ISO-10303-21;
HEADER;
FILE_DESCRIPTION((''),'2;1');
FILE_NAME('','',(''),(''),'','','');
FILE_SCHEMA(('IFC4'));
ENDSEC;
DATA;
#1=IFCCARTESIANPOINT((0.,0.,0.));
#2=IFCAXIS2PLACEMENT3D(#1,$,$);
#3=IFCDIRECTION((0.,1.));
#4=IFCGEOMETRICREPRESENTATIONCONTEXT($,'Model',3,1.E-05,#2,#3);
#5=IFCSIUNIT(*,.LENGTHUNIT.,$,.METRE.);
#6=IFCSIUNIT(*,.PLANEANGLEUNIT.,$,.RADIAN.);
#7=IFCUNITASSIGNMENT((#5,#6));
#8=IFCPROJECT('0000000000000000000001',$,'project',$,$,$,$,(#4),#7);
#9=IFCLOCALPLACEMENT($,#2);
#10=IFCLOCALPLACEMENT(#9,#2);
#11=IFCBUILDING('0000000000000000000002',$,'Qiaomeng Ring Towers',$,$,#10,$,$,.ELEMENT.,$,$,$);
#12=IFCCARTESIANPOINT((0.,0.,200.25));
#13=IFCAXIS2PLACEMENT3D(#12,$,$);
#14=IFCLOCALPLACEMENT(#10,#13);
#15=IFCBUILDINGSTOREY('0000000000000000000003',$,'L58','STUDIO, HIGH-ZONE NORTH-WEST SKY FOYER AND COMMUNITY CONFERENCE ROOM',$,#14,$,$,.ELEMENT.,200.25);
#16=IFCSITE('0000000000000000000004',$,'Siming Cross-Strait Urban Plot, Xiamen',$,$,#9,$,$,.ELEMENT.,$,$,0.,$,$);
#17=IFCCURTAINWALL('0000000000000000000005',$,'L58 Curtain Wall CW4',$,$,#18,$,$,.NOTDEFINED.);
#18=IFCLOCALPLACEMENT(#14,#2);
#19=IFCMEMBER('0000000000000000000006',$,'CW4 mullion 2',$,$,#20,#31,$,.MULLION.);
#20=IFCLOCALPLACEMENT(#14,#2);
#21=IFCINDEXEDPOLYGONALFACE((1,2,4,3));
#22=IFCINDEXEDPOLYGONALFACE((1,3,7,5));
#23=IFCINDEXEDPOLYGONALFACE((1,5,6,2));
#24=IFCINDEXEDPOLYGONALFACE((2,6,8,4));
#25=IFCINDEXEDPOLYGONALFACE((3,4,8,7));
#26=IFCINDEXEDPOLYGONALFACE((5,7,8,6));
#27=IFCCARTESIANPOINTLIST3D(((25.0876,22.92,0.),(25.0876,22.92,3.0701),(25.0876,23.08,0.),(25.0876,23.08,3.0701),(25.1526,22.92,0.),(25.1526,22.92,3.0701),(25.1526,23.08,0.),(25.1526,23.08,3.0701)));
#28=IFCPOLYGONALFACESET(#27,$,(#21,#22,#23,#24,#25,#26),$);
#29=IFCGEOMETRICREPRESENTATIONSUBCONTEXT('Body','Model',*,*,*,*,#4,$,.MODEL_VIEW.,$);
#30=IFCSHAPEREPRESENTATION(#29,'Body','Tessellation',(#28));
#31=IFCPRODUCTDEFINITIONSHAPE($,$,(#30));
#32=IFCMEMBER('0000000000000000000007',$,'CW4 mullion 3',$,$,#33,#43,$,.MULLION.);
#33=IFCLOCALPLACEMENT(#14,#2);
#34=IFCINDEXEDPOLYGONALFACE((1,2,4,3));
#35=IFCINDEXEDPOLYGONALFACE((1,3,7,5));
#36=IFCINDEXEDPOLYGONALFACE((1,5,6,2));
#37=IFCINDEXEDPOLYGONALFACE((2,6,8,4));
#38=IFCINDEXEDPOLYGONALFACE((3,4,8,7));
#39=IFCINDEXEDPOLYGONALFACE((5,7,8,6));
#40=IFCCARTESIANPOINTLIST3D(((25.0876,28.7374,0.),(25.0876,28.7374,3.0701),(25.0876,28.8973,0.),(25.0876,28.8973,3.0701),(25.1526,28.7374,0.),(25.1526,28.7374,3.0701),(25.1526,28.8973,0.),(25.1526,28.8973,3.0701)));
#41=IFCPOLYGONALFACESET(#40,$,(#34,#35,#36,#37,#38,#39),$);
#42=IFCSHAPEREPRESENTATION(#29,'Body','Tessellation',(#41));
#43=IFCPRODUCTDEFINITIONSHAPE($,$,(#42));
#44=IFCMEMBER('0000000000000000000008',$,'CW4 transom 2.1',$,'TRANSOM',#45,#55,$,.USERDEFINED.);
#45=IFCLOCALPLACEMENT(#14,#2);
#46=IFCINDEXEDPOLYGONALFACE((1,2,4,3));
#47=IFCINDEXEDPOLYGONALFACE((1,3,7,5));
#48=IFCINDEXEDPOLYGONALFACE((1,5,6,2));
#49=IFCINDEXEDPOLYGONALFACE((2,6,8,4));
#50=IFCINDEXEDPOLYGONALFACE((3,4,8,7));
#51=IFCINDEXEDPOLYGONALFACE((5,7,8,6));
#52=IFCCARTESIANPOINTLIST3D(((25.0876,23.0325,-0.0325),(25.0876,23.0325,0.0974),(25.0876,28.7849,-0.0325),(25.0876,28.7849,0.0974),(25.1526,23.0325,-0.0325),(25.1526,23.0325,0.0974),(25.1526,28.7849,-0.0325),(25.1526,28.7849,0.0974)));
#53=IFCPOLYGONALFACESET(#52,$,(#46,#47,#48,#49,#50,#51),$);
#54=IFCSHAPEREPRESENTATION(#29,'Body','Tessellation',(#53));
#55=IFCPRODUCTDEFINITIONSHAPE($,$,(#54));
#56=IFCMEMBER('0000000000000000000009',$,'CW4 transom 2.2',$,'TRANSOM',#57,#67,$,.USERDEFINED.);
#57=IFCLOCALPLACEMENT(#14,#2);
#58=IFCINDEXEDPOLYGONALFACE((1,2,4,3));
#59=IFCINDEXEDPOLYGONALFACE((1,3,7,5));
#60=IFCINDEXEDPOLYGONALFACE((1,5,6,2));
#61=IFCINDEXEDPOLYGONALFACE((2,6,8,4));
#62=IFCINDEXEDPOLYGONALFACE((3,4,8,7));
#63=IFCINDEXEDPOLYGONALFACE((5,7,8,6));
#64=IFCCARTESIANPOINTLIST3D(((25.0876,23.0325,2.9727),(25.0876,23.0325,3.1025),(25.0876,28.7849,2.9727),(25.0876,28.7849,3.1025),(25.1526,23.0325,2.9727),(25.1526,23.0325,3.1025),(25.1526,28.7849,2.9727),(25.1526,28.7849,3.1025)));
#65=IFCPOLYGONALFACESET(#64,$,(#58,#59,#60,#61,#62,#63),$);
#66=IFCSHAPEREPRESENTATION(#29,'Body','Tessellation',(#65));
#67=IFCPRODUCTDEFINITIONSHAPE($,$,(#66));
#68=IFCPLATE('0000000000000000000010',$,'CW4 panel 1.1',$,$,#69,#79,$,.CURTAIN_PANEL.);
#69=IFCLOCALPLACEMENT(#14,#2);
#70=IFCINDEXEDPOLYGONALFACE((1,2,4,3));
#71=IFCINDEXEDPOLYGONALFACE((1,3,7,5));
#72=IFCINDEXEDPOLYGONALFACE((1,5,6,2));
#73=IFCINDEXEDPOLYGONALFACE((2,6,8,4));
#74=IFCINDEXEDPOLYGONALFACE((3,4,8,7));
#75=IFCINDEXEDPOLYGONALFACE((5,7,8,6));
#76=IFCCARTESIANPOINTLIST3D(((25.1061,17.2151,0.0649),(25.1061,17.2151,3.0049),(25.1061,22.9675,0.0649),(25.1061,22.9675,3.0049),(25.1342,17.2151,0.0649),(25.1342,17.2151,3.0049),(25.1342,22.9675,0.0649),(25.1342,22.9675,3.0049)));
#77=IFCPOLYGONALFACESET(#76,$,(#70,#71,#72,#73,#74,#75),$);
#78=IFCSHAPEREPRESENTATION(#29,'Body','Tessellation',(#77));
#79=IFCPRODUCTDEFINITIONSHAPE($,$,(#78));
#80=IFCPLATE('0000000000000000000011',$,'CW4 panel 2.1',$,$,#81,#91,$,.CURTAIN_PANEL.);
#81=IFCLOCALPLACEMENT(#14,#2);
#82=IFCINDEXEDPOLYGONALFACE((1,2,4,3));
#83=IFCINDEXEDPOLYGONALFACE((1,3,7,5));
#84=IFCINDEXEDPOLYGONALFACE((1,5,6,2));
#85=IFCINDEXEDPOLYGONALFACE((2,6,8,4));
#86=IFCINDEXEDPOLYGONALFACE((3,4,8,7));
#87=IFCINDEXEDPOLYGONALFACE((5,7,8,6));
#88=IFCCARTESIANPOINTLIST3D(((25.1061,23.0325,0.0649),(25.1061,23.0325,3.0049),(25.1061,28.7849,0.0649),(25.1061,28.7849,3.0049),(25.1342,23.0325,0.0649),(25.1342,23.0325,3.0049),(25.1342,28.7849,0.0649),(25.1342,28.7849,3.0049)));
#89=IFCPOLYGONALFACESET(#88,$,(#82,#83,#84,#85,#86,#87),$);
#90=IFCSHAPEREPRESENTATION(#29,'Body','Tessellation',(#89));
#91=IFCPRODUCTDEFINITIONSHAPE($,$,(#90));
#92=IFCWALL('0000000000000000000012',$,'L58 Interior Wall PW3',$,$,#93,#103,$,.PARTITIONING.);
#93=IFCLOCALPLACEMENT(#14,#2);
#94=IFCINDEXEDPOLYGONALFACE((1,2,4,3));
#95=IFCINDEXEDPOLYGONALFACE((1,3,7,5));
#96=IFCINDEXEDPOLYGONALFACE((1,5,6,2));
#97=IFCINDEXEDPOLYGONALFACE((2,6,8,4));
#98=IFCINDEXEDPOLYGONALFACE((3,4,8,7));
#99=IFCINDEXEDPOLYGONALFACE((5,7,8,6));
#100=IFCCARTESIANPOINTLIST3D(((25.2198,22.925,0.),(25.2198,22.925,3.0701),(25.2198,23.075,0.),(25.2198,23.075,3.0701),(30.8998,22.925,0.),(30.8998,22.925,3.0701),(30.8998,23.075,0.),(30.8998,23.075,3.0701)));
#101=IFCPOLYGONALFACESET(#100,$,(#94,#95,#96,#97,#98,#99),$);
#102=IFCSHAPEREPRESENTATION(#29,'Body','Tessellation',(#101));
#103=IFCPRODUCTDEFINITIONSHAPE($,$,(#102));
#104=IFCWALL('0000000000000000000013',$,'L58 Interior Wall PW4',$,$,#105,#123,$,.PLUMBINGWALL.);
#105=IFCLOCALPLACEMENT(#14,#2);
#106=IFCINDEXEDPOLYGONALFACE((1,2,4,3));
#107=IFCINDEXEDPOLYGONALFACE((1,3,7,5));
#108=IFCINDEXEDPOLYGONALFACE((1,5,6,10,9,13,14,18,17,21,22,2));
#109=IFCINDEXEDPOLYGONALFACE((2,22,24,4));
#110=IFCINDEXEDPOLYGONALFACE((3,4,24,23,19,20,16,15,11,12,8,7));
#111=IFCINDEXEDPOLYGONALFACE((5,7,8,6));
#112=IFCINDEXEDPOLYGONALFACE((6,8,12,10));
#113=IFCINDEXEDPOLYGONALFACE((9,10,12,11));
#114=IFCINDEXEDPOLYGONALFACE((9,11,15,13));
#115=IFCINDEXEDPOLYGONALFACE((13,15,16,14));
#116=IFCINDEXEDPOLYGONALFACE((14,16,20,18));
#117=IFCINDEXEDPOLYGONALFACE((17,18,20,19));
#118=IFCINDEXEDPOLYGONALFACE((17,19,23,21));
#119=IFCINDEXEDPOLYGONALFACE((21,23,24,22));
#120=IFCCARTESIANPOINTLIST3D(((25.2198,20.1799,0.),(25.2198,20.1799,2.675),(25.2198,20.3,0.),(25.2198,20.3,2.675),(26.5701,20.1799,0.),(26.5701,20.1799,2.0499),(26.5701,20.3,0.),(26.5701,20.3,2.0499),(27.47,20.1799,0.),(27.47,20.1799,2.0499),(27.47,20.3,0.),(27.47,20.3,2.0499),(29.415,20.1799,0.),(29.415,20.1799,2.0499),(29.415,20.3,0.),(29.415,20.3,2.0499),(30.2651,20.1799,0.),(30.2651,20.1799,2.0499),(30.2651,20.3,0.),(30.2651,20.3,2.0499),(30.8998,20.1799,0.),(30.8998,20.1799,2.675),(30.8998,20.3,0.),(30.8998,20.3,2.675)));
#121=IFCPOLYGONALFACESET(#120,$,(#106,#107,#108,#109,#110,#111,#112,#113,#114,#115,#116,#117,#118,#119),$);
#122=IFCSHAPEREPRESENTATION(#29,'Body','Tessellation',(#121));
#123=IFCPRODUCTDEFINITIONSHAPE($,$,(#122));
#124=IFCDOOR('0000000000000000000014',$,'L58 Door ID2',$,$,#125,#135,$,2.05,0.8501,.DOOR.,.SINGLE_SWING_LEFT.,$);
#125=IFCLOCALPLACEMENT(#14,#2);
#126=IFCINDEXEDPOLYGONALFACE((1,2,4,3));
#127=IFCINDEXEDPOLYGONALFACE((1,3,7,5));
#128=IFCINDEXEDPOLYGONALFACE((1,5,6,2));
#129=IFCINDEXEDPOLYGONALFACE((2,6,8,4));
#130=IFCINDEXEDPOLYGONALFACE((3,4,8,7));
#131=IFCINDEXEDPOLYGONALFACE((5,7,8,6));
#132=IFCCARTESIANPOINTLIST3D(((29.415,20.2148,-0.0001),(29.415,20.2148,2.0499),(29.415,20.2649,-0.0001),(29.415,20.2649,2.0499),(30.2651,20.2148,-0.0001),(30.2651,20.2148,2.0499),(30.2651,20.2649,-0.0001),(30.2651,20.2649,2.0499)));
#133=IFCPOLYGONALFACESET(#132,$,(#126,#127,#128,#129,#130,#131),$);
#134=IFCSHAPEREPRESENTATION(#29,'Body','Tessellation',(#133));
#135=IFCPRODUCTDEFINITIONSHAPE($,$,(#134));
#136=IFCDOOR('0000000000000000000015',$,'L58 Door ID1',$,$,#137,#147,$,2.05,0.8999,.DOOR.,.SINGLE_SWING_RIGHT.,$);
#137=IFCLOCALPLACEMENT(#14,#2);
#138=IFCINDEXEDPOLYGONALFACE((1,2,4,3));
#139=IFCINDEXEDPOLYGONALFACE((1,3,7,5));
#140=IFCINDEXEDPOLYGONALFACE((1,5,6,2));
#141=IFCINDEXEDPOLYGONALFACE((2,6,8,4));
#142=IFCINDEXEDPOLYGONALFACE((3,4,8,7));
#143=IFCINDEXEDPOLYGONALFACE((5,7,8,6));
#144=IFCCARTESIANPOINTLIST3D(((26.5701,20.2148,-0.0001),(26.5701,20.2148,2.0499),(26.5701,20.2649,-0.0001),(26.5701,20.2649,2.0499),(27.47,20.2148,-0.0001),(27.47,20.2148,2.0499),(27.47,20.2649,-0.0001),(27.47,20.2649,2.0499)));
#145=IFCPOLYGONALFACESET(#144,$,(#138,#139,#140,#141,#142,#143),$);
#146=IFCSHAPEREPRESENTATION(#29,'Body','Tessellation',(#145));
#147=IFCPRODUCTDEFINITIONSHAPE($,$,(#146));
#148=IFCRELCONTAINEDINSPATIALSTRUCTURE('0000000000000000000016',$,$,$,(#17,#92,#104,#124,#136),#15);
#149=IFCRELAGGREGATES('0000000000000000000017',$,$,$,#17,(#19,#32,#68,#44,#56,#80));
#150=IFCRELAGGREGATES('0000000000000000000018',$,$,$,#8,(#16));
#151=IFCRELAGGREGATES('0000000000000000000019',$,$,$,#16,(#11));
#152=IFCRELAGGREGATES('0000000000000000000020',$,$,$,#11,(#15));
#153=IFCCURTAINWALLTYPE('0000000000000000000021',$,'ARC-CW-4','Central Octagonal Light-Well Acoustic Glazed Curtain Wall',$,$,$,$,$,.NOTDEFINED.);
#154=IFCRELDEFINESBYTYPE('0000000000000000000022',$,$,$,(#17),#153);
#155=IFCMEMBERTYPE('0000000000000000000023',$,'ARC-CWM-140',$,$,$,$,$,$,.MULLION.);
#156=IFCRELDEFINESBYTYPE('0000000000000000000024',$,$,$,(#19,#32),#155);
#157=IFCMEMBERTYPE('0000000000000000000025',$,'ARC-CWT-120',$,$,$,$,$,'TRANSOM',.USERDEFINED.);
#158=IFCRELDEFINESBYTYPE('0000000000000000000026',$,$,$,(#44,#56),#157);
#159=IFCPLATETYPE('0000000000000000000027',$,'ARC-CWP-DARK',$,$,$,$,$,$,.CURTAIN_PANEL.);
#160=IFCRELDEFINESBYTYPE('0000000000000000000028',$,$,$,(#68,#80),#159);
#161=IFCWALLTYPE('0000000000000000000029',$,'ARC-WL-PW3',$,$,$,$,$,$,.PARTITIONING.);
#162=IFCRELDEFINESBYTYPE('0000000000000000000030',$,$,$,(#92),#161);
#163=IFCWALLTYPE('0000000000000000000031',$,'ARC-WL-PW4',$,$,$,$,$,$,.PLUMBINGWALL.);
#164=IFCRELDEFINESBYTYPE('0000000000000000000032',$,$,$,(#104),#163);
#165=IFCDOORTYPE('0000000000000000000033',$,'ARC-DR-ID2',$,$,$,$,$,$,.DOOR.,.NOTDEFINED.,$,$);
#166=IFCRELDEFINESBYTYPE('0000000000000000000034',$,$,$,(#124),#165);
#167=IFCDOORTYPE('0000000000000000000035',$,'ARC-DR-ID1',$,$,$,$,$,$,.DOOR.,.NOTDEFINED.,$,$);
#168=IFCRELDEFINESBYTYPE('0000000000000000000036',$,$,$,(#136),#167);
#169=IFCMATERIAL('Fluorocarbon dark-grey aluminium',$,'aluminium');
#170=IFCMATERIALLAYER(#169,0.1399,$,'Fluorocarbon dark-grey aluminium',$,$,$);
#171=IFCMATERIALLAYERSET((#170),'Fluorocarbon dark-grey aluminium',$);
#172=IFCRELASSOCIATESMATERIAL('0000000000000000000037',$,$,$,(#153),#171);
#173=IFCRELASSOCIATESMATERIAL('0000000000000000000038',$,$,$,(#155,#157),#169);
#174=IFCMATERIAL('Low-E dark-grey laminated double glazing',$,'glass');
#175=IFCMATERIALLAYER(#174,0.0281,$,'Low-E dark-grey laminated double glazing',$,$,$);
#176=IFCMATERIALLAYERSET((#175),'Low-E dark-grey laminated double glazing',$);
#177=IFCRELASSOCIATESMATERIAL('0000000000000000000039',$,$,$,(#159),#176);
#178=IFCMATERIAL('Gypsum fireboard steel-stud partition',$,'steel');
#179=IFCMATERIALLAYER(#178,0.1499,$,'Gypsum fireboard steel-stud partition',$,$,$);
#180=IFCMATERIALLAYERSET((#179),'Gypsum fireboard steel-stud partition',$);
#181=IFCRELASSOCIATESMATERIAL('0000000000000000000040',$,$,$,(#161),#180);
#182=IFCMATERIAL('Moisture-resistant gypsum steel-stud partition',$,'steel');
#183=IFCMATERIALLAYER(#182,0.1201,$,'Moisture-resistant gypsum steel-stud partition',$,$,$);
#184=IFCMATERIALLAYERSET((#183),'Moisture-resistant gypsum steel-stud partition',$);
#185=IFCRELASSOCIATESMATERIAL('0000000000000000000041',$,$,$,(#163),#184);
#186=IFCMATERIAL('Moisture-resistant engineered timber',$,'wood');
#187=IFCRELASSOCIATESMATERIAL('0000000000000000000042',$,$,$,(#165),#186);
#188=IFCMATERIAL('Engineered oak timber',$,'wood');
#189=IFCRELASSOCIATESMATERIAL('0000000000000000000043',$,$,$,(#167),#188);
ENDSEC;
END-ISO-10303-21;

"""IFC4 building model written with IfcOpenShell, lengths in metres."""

from ifc_helpers import new_model, si_unit, direction, frame, frame_2d, origin, origin_2d, place, context, subcontext, project, spatial, rectangle, extrude, source, transform, mapped, material, layer, layer_set, material_profile, profile_set, type_object, element, fill, aggregate, save


model = new_model("IFC4")

# Units and contexts
model_context = context("Model", 3, precision=1e-05, world=origin(), true_north=direction((0.0, 1.0)))
body_context = subcontext(model_context, "Body", "Model", "MODEL_VIEW")
ifc_project = project(units=[si_unit("LENGTHUNIT", "METRE"), si_unit("PLANEANGLEUNIT", "RADIAN")], contexts=[model_context])

# Site, building, storey
site_placement = place(None, origin())
site = spatial("IfcSite", under=ifc_project, at=site_placement, Name="Siming Cross-Strait Urban Plot, Xiamen", CompositionType="ELEMENT", RefElevation=0.0)
building_placement = place(site_placement, origin())
building = spatial("IfcBuilding", under=site, at=building_placement, Name="Qiaomeng Ring Towers", CompositionType="ELEMENT")
storey_placement = place(building_placement, frame((0.0, 0.0, 200.25)))
storey = spatial("IfcBuildingStorey", under=building, at=storey_placement, Name="L58", Description="STUDIO, HIGH-ZONE NORTH-WEST SKY FOYER AND COMMUNITY CONFERENCE ROOM", CompositionType="ELEMENT", Elevation=200.25)

# Curtain wall, members, plates
ifc_material_1 = material(Name="Fluorocarbon dark-grey aluminium", Category="aluminium")
ifc_layer_1 = layer(ifc_material_1, 0.1399, Name="Fluorocarbon dark-grey aluminium")
ifc_layer_set_1 = layer_set([ifc_layer_1], Name="Fluorocarbon dark-grey aluminium")
curtain_wall_type = type_object("IfcCurtainWallType", Name="ARC-CW-4", Description="Central Octagonal Light-Well Acoustic Glazed Curtain Wall", PredefinedType="NOTDEFINED", material=ifc_layer_set_1)
curtain_wall_placement = place(storey_placement, origin())
curtain_wall = element("IfcCurtainWall", 1, at=curtain_wall_placement, inside=storey, type_object=curtain_wall_type, Name="L58 Curtain Wall CW4", PredefinedType="NOTDEFINED")
ifc_material_profile_1 = material_profile(ifc_material_1, rectangle(XDim=0.0649, YDim=0.1599, at=origin_2d()), Name="ALU MULL 65x160")
ifc_profile_set_1 = profile_set([ifc_material_profile_1], Name="Fluorocarbon dark-grey aluminium")
member_type_1 = type_object("IfcMemberType", Name="ARC-CWM-140", PredefinedType="MULLION", material=ifc_profile_set_1)
shared_shape_1 = source(origin(), body_context, "Body", "SweptSolid", [
    extrude(rectangle(XDim=0.0649, YDim=0.1599, at=origin_2d()), origin(), (0.0, 0.0, 1.0), 3.0701),
])
member_1_placement = place(storey_placement, frame((25.1201, 23.0, 0.0), z_axis=(0.0, 0.0, 1.0), x_axis=(-1.0, 0.0, 0.0)))
member_1 = element("IfcMember", 2, at=member_1_placement, type_object=member_type_1, Name="CW4 mullion 2", PredefinedType="MULLION", context=body_context, shape_type="MappedRepresentation", body=[
    mapped(shared_shape_1, transform((0.0, 0.0, 0.0), x_axis=(1.0, 0.0, 0.0), y_axis=(0.0, 1.0, 0.0), z_axis=(0.0, 0.0, 1.0), scale=1.0)),
])
member_2_placement = place(storey_placement, frame((25.1201, 28.8174, 0.0), z_axis=(0.0, 0.0, 1.0), x_axis=(-1.0, 0.0, 0.0)))
member_2 = element("IfcMember", 3, at=member_2_placement, type_object=member_type_1, Name="CW4 mullion 3", PredefinedType="MULLION", context=body_context, shape_type="MappedRepresentation", body=[
    mapped(shared_shape_1, transform((0.0, 0.0, 0.0), x_axis=(1.0, 0.0, 0.0), y_axis=(0.0, 1.0, 0.0), z_axis=(0.0, 0.0, 1.0), scale=1.0)),
])
ifc_material_profile_2 = material_profile(ifc_material_1, rectangle(XDim=0.0649, YDim=0.1299, at=origin_2d()), Name="ALU TRAN 65x130")
ifc_profile_set_2 = profile_set([ifc_material_profile_2], Name="Fluorocarbon dark-grey aluminium")
member_type_2 = type_object("IfcMemberType", Name="ARC-CWT-120", ElementType="TRANSOM", PredefinedType="USERDEFINED", material=ifc_profile_set_2)
shared_shape_2 = source(origin(), body_context, "Body", "SweptSolid", [
    extrude(rectangle(XDim=0.0649, YDim=0.1299, at=origin_2d()), origin(), (0.0, 0.0, 1.0), 5.7524),
])
member_3_placement = place(storey_placement, frame((25.1201, 23.0325, 0.0325), z_axis=(0.0, 1.0, 0.0), x_axis=(-1.0, 0.0, 0.0)))
member_3 = element("IfcMember", 4, at=member_3_placement, type_object=member_type_2, Name="CW4 transom 2.1", ObjectType="TRANSOM", PredefinedType="USERDEFINED", context=body_context, shape_type="MappedRepresentation", body=[
    mapped(shared_shape_2, transform((0.0, 0.0, 0.0), x_axis=(1.0, 0.0, 0.0), y_axis=(0.0, 1.0, 0.0), z_axis=(0.0, 0.0, 1.0), scale=1.0)),
])
member_4_placement = place(storey_placement, frame((25.1201, 23.0325, 3.0376), z_axis=(0.0, 1.0, 0.0), x_axis=(-1.0, 0.0, 0.0)))
member_4 = element("IfcMember", 5, at=member_4_placement, type_object=member_type_2, Name="CW4 transom 2.2", ObjectType="TRANSOM", PredefinedType="USERDEFINED", context=body_context, shape_type="MappedRepresentation", body=[
    mapped(shared_shape_2, transform((0.0, 0.0, 0.0), x_axis=(1.0, 0.0, 0.0), y_axis=(0.0, 1.0, 0.0), z_axis=(0.0, 0.0, 1.0), scale=1.0)),
])
ifc_material_2 = material(Name="Low-E dark-grey laminated double glazing", Category="glass")
ifc_layer_2 = layer(ifc_material_2, 0.0281, Name="Low-E dark-grey laminated double glazing")
ifc_layer_set_2 = layer_set([ifc_layer_2], Name="Low-E dark-grey laminated double glazing")
plate_type = type_object("IfcPlateType", Name="ARC-CWP-DARK", PredefinedType="CURTAIN_PANEL", material=ifc_layer_set_2)
shared_shape_3 = source(origin(), body_context, "Body", "SweptSolid", [
    extrude(rectangle(XDim=5.7524, YDim=0.0281, at=origin_2d()), origin(), (0.0, 0.0, 1.0), 2.9399),
])
plate_1_placement = place(storey_placement, frame((25.1201, 20.0913, 0.0649), z_axis=(0.0, 0.0, 1.0), x_axis=(0.0, 1.0, 0.0)))
plate_1 = element("IfcPlate", 6, at=plate_1_placement, type_object=plate_type, Name="CW4 panel 1.1", PredefinedType="CURTAIN_PANEL", context=body_context, shape_type="MappedRepresentation", body=[
    mapped(shared_shape_3, transform((0.0, 0.0, 0.0), x_axis=(1.0, 0.0, 0.0), y_axis=(0.0, 1.0, 0.0), z_axis=(0.0, 0.0, 1.0), scale=1.0)),
])
plate_2_placement = place(storey_placement, frame((25.1201, 25.9087, 0.0649), z_axis=(0.0, 0.0, 1.0), x_axis=(0.0, 1.0, 0.0)))
plate_2 = element("IfcPlate", 7, at=plate_2_placement, type_object=plate_type, Name="CW4 panel 2.1", PredefinedType="CURTAIN_PANEL", context=body_context, shape_type="MappedRepresentation", body=[
    mapped(shared_shape_3, transform((0.0, 0.0, 0.0), x_axis=(1.0, 0.0, 0.0), y_axis=(0.0, 1.0, 0.0), z_axis=(0.0, 0.0, 1.0), scale=1.0)),
])
aggregate(curtain_wall, [member_1, member_2, plate_1, member_3, member_4, plate_2])

# Wall
ifc_material_3 = material(Name="Gypsum fireboard steel-stud partition", Category="steel")
ifc_layer_3 = layer(ifc_material_3, 0.1499, Name="Gypsum fireboard steel-stud partition")
ifc_layer_set_3 = layer_set([ifc_layer_3], Name="Gypsum fireboard steel-stud partition")
wall_type_1 = type_object("IfcWallType", Name="ARC-WL-PW3", PredefinedType="PARTITIONING", material=ifc_layer_set_3)
wall_1_placement = place(storey_placement, frame((25.22, 23.0, 0.0), z_axis=(0.0, 0.0, 1.0), x_axis=(1.0, 0.0, 0.0)))
element("IfcWall", 8, at=wall_1_placement, inside=storey, type_object=wall_type_1, Name="L58 Interior Wall PW3", PredefinedType="PARTITIONING", context=body_context, shape_type="SweptSolid", body=[
    extrude(rectangle(XDim=5.6799, YDim=0.1499, at=frame_2d((2.8398, 0.0))), origin(), (0.0, 0.0, 1.0), 3.0701),
])

# Wall, openings, doors
ifc_material_4 = material(Name="Moisture-resistant gypsum steel-stud partition", Category="steel")
ifc_layer_4 = layer(ifc_material_4, 0.1201, Name="Moisture-resistant gypsum steel-stud partition")
ifc_layer_set_4 = layer_set([ifc_layer_4], Name="Moisture-resistant gypsum steel-stud partition")
wall_type_2 = type_object("IfcWallType", Name="ARC-WL-PW4", PredefinedType="PLUMBINGWALL", material=ifc_layer_set_4)
wall_2_placement = place(storey_placement, frame((25.22, 20.24, 0.0), z_axis=(0.0, 0.0, 1.0), x_axis=(1.0, 0.0, 0.0)))
wall_2 = element("IfcWall", 9, at=wall_2_placement, inside=storey, type_object=wall_type_2, Name="L58 Interior Wall PW4", PredefinedType="PLUMBINGWALL", context=body_context, shape_type="SweptSolid", body=[
    extrude(rectangle(XDim=5.6799, YDim=0.1201, at=frame_2d((2.8398, 0.0))), origin(), (0.0, 0.0, 1.0), 2.675),
])
opening_1_placement = place(wall_2_placement, frame((1.3501, 0.0, 0.0)))
opening_1 = element("IfcOpeningElement", 10, at=opening_1_placement, cuts=wall_2, PredefinedType="OPENING", context=body_context, shape_type="SweptSolid", body=[
    extrude(rectangle(XDim=0.8999, YDim=2.05, at=frame_2d((0.45, 1.0249))), frame((0.0, 0.0701, 0.0), z_axis=(0.0, -1.0, 0.0), x_axis=(1.0, 0.0, 0.0)), (0.0, 0.0, 1.0), 0.1401),
])
opening_2_placement = place(wall_2_placement, frame((4.1951, 0.0, 0.0)))
opening_2 = element("IfcOpeningElement", 11, at=opening_2_placement, cuts=wall_2, PredefinedType="OPENING", context=body_context, shape_type="SweptSolid", body=[
    extrude(rectangle(XDim=0.8501, YDim=2.05, at=frame_2d((0.425, 1.0249))), frame((0.0, 0.0701, 0.0), z_axis=(0.0, -1.0, 0.0), x_axis=(1.0, 0.0, 0.0)), (0.0, 0.0, 1.0), 0.1401),
])
ifc_material_5 = material(Name="Moisture-resistant engineered timber", Category="wood")
door_type_1 = type_object("IfcDoorType", Name="ARC-DR-ID2", OperationType="NOTDEFINED", PredefinedType="DOOR", material=ifc_material_5)
shared_shape_4 = source(origin(), body_context, "Body", "SweptSolid", [
    extrude(rectangle(XDim=0.8501, YDim=2.05, at=frame_2d((0.425, 1.0249))), frame((0.0, 0.0249, 0.0), z_axis=(0.0, -1.0, 0.0), x_axis=(1.0, 0.0, 0.0)), (0.0, 0.0, 1.0), 0.05),
])
door_1_placement = place(opening_2_placement, origin())
door_1 = element("IfcDoor", 12, at=door_1_placement, inside=storey, type_object=door_type_1, Name="L58 Door ID2", OperationType="SINGLE_SWING_LEFT", OverallHeight=2.05, OverallWidth=0.8501, PredefinedType="DOOR", context=body_context, shape_type="MappedRepresentation", body=[
    mapped(shared_shape_4, transform((0.0, 0.0, 0.0), x_axis=(1.0, 0.0, 0.0), y_axis=(0.0, 1.0, 0.0), z_axis=(0.0, 0.0, 1.0), scale=1.0)),
])
fill(opening_2, door_1)
ifc_material_6 = material(Name="Engineered oak timber", Category="wood")
door_type_2 = type_object("IfcDoorType", Name="ARC-DR-ID1", OperationType="NOTDEFINED", PredefinedType="DOOR", material=ifc_material_6)
shared_shape_5 = source(origin(), body_context, "Body", "SweptSolid", [
    extrude(rectangle(XDim=0.8999, YDim=2.05, at=frame_2d((0.45, 1.0249))), frame((0.0, 0.0249, 0.0), z_axis=(0.0, -1.0, 0.0), x_axis=(1.0, 0.0, 0.0)), (0.0, 0.0, 1.0), 0.05),
])
door_2_placement = place(opening_1_placement, origin())
door_2 = element("IfcDoor", 13, at=door_2_placement, inside=storey, type_object=door_type_2, Name="L58 Door ID1", OperationType="SINGLE_SWING_RIGHT", OverallHeight=2.05, OverallWidth=0.8999, PredefinedType="DOOR", context=body_context, shape_type="MappedRepresentation", body=[
    mapped(shared_shape_5, transform((0.0, 0.0, 0.0), x_axis=(1.0, 0.0, 0.0), y_axis=(0.0, 1.0, 0.0), z_axis=(0.0, 0.0, 1.0), scale=1.0)),
])
fill(opening_1, door_2)

save(model, "model.ifc")
